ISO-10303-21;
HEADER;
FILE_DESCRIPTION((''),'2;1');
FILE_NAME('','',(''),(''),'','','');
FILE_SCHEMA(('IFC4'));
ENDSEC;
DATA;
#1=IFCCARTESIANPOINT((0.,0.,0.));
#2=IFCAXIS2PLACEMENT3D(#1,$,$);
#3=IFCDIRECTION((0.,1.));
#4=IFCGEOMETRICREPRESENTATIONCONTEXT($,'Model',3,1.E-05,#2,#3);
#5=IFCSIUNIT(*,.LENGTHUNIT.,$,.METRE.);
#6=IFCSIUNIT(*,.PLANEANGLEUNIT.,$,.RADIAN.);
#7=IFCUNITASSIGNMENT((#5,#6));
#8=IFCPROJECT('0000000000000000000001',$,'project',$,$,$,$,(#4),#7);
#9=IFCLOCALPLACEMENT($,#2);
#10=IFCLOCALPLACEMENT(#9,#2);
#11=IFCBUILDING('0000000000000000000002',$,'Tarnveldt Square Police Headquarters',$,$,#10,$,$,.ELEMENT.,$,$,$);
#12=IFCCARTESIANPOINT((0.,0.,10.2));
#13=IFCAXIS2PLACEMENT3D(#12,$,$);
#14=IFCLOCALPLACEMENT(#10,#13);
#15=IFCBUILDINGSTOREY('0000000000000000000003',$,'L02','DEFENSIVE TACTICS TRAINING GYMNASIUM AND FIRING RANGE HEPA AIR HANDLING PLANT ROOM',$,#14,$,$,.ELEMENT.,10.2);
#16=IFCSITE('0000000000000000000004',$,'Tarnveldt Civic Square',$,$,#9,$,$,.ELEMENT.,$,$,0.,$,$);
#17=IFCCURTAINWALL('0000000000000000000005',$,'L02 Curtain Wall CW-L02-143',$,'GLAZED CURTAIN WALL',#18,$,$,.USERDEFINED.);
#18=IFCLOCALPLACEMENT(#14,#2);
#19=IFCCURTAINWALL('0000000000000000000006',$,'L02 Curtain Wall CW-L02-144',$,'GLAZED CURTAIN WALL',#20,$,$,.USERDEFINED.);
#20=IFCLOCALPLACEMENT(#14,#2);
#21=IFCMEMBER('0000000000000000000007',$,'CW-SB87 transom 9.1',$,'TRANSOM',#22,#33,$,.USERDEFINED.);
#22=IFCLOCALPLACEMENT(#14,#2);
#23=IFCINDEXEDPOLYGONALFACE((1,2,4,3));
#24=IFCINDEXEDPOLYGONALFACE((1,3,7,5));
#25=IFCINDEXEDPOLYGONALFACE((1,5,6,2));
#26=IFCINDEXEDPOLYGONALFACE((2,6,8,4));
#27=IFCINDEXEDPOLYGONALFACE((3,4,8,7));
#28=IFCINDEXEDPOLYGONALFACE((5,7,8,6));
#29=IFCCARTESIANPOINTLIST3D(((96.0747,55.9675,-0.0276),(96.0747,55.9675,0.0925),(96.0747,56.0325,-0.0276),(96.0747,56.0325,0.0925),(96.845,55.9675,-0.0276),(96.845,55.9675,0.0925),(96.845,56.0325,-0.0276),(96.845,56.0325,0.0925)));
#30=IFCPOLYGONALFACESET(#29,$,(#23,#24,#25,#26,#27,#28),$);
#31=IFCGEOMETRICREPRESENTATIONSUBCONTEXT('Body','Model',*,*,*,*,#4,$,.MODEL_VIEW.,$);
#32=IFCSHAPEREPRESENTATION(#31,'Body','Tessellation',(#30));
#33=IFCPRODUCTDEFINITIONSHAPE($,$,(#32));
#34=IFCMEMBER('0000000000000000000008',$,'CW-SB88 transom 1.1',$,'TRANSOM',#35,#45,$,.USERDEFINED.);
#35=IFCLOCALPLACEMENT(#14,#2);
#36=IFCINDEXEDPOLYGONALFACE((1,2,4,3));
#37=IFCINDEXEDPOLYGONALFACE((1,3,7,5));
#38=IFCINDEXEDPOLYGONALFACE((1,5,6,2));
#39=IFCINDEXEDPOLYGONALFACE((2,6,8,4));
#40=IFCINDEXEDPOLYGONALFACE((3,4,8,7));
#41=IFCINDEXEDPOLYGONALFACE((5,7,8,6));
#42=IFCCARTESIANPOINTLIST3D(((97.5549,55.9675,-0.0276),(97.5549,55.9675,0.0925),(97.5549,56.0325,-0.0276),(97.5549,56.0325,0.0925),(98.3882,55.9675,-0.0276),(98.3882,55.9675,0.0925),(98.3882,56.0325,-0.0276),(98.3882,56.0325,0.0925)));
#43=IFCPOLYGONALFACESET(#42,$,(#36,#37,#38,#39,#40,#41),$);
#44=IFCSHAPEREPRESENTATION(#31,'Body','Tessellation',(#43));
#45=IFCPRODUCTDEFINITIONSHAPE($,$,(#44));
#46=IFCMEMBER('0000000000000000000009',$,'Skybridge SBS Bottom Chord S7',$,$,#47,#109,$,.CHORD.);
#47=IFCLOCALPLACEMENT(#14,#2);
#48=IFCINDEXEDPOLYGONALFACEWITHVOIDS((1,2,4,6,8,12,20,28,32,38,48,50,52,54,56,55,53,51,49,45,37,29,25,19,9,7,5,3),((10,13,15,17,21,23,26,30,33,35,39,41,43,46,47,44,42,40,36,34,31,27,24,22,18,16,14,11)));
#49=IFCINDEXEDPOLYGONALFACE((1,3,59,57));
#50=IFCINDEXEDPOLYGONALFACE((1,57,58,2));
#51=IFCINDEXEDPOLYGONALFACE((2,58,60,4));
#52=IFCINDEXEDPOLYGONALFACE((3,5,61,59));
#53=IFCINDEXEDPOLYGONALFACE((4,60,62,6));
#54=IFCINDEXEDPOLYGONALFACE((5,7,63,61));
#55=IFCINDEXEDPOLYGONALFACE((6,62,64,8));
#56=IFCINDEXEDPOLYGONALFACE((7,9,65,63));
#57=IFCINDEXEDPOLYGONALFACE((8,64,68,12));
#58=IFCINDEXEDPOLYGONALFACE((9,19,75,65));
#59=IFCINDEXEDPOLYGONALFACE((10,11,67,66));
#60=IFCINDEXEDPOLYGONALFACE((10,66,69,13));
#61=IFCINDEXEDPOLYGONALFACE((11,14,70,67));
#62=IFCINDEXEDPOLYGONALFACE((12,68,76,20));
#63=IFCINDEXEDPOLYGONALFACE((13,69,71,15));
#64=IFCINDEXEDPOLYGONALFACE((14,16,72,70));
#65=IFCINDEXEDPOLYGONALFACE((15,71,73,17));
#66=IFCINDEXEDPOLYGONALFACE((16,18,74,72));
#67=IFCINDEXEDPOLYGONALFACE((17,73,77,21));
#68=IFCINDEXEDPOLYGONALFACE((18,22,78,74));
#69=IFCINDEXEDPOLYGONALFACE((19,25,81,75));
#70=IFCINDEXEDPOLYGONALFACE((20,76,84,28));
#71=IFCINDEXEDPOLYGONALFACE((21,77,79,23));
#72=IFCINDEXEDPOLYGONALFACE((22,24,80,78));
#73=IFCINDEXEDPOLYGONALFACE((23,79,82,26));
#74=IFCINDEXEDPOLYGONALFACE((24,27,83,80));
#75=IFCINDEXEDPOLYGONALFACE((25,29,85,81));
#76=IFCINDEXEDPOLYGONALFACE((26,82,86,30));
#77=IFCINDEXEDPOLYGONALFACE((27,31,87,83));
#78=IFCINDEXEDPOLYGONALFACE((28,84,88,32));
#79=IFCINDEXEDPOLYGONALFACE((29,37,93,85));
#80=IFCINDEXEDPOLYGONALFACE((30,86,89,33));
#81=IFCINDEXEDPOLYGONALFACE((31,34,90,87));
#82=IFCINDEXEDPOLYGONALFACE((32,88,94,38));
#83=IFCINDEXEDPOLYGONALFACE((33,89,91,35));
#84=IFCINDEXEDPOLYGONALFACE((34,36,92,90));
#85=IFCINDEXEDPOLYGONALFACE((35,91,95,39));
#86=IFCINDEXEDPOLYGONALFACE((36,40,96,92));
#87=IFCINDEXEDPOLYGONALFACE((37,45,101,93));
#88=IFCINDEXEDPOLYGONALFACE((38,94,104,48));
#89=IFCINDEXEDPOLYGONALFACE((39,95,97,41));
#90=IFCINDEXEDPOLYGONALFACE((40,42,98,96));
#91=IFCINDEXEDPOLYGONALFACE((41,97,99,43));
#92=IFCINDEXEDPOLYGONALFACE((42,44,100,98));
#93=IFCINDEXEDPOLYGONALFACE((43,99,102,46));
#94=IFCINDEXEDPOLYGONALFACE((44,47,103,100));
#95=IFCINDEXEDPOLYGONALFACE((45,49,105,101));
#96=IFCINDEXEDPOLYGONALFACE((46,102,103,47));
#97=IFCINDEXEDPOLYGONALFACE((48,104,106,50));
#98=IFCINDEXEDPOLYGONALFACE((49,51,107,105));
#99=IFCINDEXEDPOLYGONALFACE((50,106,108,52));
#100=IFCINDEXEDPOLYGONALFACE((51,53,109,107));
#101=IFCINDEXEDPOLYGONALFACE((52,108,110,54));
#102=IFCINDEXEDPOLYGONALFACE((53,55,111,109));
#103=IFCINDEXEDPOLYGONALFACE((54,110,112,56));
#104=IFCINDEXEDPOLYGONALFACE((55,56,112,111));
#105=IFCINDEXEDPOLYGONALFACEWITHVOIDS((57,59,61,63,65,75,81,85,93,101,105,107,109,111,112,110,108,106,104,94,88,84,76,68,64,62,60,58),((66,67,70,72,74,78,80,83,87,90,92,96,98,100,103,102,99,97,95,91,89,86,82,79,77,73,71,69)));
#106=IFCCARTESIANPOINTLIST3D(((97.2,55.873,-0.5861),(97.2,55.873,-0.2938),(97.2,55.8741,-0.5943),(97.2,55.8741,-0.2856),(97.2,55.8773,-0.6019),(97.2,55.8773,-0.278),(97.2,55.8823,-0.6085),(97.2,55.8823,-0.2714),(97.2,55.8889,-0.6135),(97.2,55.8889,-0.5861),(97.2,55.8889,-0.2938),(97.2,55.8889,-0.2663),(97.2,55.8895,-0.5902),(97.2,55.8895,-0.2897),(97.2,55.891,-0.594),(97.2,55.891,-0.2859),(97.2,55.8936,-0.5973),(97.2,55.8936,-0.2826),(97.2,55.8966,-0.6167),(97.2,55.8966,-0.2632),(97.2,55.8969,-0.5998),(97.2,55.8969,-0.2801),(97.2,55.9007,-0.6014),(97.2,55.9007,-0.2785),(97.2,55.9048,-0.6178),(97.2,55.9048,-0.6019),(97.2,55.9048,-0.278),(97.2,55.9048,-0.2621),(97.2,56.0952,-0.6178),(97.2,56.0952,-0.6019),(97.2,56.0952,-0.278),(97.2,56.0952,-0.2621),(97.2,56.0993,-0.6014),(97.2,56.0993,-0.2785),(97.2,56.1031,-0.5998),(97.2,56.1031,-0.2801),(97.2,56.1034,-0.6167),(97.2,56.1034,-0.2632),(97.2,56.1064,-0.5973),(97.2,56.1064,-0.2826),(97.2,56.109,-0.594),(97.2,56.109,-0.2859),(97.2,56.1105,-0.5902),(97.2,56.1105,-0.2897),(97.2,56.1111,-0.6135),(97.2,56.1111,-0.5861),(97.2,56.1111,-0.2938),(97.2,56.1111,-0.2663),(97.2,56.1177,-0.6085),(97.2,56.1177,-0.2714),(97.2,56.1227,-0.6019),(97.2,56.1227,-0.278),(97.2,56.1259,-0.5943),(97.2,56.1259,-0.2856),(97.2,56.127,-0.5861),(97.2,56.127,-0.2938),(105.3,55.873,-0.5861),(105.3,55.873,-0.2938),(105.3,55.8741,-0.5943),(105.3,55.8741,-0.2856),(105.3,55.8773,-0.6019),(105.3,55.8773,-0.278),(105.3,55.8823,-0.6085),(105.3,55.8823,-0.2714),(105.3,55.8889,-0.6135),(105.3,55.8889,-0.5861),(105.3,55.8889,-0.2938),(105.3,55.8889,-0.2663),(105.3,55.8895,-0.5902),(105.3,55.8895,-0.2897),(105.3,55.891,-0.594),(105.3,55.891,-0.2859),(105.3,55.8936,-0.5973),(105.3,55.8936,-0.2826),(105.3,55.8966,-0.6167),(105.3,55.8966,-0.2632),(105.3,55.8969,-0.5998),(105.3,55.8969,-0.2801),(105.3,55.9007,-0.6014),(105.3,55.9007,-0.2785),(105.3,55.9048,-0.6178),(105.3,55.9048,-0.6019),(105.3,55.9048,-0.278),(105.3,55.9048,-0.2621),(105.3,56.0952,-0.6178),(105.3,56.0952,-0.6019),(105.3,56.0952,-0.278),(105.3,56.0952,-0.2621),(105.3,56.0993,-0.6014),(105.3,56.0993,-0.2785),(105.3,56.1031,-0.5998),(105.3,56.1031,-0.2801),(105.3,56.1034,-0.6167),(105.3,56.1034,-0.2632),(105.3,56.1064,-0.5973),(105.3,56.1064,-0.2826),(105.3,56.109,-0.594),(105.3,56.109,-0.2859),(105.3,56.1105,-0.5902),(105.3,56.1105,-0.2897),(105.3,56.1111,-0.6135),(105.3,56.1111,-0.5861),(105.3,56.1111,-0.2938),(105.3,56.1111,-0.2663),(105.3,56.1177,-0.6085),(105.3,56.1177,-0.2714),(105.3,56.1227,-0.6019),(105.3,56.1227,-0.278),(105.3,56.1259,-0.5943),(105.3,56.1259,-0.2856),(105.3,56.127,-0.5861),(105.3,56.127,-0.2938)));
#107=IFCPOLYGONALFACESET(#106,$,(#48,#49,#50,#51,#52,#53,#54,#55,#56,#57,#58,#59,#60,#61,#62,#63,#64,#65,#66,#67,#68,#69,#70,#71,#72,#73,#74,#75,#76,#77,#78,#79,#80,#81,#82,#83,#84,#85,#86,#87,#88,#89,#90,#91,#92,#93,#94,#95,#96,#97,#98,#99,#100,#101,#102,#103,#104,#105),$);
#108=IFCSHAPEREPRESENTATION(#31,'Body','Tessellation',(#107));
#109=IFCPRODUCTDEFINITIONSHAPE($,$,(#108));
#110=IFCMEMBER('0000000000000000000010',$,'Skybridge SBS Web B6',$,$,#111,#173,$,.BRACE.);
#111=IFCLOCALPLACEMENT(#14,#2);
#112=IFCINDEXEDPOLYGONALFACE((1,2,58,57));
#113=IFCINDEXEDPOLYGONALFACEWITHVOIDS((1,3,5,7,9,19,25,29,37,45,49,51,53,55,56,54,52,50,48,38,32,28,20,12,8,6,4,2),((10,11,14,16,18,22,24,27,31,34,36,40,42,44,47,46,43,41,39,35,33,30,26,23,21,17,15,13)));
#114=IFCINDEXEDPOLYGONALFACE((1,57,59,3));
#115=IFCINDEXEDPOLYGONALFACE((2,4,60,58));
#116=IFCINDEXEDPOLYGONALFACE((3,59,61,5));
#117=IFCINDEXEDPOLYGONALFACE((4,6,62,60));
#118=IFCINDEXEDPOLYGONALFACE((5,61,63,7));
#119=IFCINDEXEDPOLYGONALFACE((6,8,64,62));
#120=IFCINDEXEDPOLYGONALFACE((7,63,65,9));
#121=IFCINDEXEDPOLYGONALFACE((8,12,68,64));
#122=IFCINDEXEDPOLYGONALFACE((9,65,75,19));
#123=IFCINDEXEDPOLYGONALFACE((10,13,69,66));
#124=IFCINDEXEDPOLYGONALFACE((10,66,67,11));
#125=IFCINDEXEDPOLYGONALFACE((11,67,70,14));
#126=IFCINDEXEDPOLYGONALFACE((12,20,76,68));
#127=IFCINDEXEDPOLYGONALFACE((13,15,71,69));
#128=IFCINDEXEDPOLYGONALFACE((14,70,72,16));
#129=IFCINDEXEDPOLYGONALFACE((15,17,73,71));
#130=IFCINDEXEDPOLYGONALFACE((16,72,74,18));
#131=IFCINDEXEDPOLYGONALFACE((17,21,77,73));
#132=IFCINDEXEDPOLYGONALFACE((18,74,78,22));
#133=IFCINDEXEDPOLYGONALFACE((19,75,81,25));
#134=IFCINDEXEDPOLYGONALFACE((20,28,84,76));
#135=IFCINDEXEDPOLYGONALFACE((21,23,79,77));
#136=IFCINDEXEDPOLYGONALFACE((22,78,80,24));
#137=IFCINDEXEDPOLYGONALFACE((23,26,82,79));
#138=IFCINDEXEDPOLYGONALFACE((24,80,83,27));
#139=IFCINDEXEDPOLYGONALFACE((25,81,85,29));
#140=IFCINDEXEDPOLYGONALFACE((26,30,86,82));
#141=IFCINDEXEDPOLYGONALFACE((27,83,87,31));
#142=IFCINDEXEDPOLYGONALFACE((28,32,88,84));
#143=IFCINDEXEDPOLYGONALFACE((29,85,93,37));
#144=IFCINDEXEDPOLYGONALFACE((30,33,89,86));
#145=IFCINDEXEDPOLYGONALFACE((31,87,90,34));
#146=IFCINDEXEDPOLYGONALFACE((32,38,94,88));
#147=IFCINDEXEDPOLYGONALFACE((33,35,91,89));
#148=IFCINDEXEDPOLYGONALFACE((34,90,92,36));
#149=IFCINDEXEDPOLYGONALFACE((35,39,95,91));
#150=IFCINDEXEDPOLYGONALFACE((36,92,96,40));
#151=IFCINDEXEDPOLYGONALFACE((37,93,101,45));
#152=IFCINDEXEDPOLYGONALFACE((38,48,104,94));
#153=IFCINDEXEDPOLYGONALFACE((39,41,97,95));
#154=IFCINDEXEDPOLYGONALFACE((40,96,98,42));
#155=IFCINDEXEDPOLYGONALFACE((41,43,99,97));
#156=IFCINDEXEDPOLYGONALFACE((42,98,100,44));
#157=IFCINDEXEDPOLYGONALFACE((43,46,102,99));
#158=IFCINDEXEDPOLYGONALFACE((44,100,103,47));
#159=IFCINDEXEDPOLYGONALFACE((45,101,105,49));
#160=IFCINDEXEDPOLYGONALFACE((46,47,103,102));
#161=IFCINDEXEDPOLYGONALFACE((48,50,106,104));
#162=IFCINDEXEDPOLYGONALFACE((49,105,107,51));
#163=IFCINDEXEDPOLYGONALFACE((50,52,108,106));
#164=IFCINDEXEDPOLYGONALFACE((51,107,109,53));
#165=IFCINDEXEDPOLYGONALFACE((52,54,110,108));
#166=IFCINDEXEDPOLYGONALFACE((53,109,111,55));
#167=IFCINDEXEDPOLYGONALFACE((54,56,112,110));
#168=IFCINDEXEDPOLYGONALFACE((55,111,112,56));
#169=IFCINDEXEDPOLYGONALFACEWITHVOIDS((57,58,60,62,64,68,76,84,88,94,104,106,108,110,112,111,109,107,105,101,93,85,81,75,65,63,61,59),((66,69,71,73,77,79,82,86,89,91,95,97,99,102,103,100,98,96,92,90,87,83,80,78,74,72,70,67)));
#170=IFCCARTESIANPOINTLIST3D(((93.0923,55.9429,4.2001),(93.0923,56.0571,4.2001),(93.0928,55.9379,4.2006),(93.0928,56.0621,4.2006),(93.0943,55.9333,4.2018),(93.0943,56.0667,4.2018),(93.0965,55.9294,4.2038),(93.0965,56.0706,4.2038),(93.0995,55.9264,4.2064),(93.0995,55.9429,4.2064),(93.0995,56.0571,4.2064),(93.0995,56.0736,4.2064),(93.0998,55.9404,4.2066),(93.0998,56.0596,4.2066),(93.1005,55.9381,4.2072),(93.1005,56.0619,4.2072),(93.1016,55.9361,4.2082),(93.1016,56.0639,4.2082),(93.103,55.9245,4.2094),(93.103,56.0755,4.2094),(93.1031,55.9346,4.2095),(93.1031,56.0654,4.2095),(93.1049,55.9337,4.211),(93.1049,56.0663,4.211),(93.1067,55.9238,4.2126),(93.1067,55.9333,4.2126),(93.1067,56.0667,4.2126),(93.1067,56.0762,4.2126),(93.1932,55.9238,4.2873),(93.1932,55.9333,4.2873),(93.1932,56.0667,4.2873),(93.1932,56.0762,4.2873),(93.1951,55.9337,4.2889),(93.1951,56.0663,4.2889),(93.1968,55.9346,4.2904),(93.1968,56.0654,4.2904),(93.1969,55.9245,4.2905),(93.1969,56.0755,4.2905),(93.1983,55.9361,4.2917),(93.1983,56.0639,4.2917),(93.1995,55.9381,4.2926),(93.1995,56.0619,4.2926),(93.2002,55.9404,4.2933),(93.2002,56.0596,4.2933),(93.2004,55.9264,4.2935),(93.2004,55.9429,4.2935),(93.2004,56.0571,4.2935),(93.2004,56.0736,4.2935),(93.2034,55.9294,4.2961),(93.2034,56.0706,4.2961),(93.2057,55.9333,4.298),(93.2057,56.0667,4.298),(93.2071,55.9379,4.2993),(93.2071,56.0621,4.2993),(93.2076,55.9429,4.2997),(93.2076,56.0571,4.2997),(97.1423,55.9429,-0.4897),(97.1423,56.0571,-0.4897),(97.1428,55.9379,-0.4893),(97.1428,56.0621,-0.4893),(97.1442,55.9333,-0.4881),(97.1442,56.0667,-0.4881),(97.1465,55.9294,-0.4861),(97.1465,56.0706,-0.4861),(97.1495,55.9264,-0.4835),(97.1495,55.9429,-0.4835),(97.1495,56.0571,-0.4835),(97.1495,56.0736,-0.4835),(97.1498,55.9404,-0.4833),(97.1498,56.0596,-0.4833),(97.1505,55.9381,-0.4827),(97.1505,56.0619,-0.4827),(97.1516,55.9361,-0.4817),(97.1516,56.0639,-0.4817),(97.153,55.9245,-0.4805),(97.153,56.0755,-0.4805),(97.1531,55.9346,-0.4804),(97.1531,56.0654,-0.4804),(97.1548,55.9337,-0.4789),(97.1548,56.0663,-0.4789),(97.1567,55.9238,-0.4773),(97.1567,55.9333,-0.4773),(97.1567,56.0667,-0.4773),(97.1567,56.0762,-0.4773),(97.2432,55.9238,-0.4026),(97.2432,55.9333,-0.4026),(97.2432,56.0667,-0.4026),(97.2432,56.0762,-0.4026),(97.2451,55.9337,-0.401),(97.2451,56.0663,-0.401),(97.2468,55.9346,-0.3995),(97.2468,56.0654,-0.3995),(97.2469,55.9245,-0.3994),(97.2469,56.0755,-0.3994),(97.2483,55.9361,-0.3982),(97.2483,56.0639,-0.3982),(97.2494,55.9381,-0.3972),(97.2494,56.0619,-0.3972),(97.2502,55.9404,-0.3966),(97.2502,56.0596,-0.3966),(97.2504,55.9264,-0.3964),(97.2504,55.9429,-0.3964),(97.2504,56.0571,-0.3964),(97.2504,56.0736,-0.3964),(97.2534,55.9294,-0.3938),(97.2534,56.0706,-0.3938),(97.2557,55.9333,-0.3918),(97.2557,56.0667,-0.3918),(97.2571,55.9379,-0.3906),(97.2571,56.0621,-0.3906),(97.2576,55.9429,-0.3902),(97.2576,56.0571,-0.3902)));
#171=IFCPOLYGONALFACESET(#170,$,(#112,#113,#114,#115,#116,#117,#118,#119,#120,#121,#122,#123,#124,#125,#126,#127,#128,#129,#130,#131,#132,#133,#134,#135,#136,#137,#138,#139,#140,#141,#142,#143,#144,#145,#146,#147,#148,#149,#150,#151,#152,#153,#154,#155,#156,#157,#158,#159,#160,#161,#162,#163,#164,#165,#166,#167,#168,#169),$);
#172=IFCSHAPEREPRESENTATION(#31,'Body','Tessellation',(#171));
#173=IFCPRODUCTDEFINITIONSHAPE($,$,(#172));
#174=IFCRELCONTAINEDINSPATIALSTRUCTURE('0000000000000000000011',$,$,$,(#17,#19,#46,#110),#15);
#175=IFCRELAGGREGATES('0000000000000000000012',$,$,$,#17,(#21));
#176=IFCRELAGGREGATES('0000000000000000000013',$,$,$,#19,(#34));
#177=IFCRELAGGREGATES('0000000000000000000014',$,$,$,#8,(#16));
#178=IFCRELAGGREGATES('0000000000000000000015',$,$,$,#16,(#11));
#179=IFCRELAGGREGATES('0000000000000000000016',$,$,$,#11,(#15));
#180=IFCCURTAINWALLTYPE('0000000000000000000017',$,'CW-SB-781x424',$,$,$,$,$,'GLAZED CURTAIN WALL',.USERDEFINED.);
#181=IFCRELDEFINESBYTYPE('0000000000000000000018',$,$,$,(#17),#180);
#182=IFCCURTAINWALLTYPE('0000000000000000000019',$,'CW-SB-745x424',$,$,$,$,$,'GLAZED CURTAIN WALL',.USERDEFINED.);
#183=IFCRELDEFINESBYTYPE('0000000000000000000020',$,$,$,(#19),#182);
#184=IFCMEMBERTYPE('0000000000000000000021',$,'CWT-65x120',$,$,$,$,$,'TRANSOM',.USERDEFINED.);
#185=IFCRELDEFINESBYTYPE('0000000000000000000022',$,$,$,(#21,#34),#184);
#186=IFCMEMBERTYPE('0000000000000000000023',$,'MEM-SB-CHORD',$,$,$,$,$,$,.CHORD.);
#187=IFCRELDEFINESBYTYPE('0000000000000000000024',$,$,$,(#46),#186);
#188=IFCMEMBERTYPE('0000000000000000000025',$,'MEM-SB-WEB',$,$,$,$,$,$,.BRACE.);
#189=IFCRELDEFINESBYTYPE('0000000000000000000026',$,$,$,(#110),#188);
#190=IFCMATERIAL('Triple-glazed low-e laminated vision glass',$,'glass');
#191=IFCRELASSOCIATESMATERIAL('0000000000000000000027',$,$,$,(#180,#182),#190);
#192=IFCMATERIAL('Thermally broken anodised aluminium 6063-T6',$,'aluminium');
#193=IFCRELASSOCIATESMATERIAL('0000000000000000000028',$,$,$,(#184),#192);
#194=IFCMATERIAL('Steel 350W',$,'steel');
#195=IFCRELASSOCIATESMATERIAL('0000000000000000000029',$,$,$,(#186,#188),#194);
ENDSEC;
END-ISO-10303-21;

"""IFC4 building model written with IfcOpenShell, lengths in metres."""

from ifc_helpers import new_model, si_unit, direction, frame, origin, origin_2d, place, context, subcontext, project, spatial, rectangle, hollow_rectangle, extrude, material, material_profile, profile_set, type_object, element, aggregate, save


model = new_model("IFC4")

# Units and contexts
model_context = context("Model", 3, precision=1e-05, world=origin(), true_north=direction((0.0, 1.0)))
body_context = subcontext(model_context, "Body", "Model", "MODEL_VIEW")
ifc_project = project(units=[si_unit("LENGTHUNIT", "METRE"), si_unit("PLANEANGLEUNIT", "RADIAN")], contexts=[model_context])

# Site, building, storey
site_placement = place(None, origin())
site = spatial("IfcSite", under=ifc_project, at=site_placement, Name="Tarnveldt Civic Square", CompositionType="ELEMENT", RefElevation=0.0)
building_placement = place(site_placement, origin())
building = spatial("IfcBuilding", under=site, at=building_placement, Name="Tarnveldt Square Police Headquarters", CompositionType="ELEMENT")
storey_placement = place(building_placement, frame((0.0, 0.0, 10.2)))
storey = spatial("IfcBuildingStorey", under=building, at=storey_placement, Name="L02", Description="DEFENSIVE TACTICS TRAINING GYMNASIUM AND FIRING RANGE HEPA AIR HANDLING PLANT ROOM", CompositionType="ELEMENT", Elevation=10.2)

# Shared definitions
ifc_material_1 = material(Name="Steel 350W", Category="steel")

# Curtain wall
ifc_material_2 = material(Name="Triple-glazed low-e laminated vision glass", Category="glass")
curtain_wall_type_1 = type_object("IfcCurtainWallType", Name="CW-SB-781x424", ElementType="GLAZED CURTAIN WALL", PredefinedType="USERDEFINED", material=ifc_material_2)
curtain_wall_1_placement = place(storey_placement, origin())
curtain_wall_1 = element("IfcCurtainWall", 1, at=curtain_wall_1_placement, inside=storey, type_object=curtain_wall_type_1, Name="L02 Curtain Wall CW-L02-143", ObjectType="GLAZED CURTAIN WALL", PredefinedType="USERDEFINED")
ifc_material_3 = material(Name="Thermally broken anodised aluminium 6063-T6", Category="aluminium")

# Curtain wall
curtain_wall_type_2 = type_object("IfcCurtainWallType", Name="CW-SB-745x424", ElementType="GLAZED CURTAIN WALL", PredefinedType="USERDEFINED", material=ifc_material_2)
curtain_wall_2_placement = place(storey_placement, origin())
curtain_wall_2 = element("IfcCurtainWall", 2, at=curtain_wall_2_placement, inside=storey, type_object=curtain_wall_type_2, Name="L02 Curtain Wall CW-L02-144", ObjectType="GLAZED CURTAIN WALL", PredefinedType="USERDEFINED")

# Members
ifc_material_profile_1 = material_profile(ifc_material_3, rectangle(XDim=0.0649, YDim=0.1201, at=origin_2d()), Name="CW-T65x120")
ifc_profile_set_1 = profile_set([ifc_material_profile_1], Name="Thermally broken anodised aluminium 6063-T6")
member_type_1 = type_object("IfcMemberType", Name="CWT-65x120", ElementType="TRANSOM", PredefinedType="USERDEFINED", material=ifc_profile_set_1)
member_1_placement = place(storey_placement, frame((96.0747, 56.0, 0.0325), z_axis=(1.0, 0.0, 0.0), x_axis=(0.0, 1.0, 0.0)))
member_1 = element("IfcMember", 3, at=member_1_placement, type_object=member_type_1, Name="CW-SB87 transom 9.1", ObjectType="TRANSOM", PredefinedType="USERDEFINED", context=body_context, shape_type="SweptSolid", body=[
    extrude(rectangle(XDim=0.0649, YDim=0.1201, at=origin_2d()), origin(), (0.0, 0.0, 1.0), 0.7703),
])
member_2_placement = place(storey_placement, frame((97.5549, 56.0, 0.0325), z_axis=(1.0, 0.0, 0.0), x_axis=(0.0, 1.0, 0.0)))
member_2 = element("IfcMember", 4, at=member_2_placement, type_object=member_type_1, Name="CW-SB88 transom 1.1", ObjectType="TRANSOM", PredefinedType="USERDEFINED", context=body_context, shape_type="SweptSolid", body=[
    extrude(rectangle(XDim=0.0649, YDim=0.1201, at=origin_2d()), origin(), (0.0, 0.0, 1.0), 0.8333),
])

# Members
ifc_material_profile_2 = material_profile(ifc_material_1, hollow_rectangle(XDim=0.2539, YDim=0.3557, WallThickness=0.0159, InnerFilletRadius=0.0159, OuterFilletRadius=0.0317, at=origin_2d()), Name="HSS356x254x16")
ifc_profile_set_2 = profile_set([ifc_material_profile_2], Name="Steel 350W")
member_type_2 = type_object("IfcMemberType", Name="MEM-SB-CHORD", PredefinedType="CHORD", material=ifc_profile_set_2)
member_3_placement = place(storey_placement, frame((97.2, 56.0, -0.4399), z_axis=(1.0, 0.0, 0.0), x_axis=(0.0, 1.0, 0.0)))
element("IfcMember", 5, at=member_3_placement, inside=storey, type_object=member_type_2, Name="Skybridge SBS Bottom Chord S7", PredefinedType="CHORD", context=body_context, shape_type="SweptSolid", body=[
    extrude(hollow_rectangle(XDim=0.2539, YDim=0.3557, WallThickness=0.0159, InnerFilletRadius=0.0159, OuterFilletRadius=0.0317, at=origin_2d()), origin(), (0.0, 0.0, 1.0), 8.1001),
])
ifc_material_profile_3 = material_profile(ifc_material_1, hollow_rectangle(XDim=0.1523, YDim=0.1523, WallThickness=0.0095, InnerFilletRadius=0.0095, OuterFilletRadius=0.019, at=origin_2d()), Name="HSS152x152x9.5")
ifc_profile_set_3 = profile_set([ifc_material_profile_3], Name="Steel 350W")
member_type_3 = type_object("IfcMemberType", Name="MEM-SB-WEB", PredefinedType="BRACE", material=ifc_profile_set_3)
for number, where, z_axis, x_axis, name in (
    (6, (97.2, 56.0, -0.4399), (-0.653587, 0.0, 0.756851), (0.0, -1.0, 0.0), "Skybridge SBS Web B6"),
):
    element("IfcMember", number, at=place(storey_placement, frame(where, z_axis=z_axis, x_axis=x_axis)), inside=storey, type_object=member_type_3, Name=name, PredefinedType="BRACE", context=body_context, shape_type="SweptSolid", body=[
        extrude(hollow_rectangle(XDim=0.1523, YDim=0.1523, WallThickness=0.0095, InnerFilletRadius=0.0095, OuterFilletRadius=0.019, at=origin_2d()), origin(), (0.0, 0.0, 1.0), 6.1965),
    ])

aggregate(curtain_wall_1, [member_1])
aggregate(curtain_wall_2, [member_2])

save(model, "model.ifc")
